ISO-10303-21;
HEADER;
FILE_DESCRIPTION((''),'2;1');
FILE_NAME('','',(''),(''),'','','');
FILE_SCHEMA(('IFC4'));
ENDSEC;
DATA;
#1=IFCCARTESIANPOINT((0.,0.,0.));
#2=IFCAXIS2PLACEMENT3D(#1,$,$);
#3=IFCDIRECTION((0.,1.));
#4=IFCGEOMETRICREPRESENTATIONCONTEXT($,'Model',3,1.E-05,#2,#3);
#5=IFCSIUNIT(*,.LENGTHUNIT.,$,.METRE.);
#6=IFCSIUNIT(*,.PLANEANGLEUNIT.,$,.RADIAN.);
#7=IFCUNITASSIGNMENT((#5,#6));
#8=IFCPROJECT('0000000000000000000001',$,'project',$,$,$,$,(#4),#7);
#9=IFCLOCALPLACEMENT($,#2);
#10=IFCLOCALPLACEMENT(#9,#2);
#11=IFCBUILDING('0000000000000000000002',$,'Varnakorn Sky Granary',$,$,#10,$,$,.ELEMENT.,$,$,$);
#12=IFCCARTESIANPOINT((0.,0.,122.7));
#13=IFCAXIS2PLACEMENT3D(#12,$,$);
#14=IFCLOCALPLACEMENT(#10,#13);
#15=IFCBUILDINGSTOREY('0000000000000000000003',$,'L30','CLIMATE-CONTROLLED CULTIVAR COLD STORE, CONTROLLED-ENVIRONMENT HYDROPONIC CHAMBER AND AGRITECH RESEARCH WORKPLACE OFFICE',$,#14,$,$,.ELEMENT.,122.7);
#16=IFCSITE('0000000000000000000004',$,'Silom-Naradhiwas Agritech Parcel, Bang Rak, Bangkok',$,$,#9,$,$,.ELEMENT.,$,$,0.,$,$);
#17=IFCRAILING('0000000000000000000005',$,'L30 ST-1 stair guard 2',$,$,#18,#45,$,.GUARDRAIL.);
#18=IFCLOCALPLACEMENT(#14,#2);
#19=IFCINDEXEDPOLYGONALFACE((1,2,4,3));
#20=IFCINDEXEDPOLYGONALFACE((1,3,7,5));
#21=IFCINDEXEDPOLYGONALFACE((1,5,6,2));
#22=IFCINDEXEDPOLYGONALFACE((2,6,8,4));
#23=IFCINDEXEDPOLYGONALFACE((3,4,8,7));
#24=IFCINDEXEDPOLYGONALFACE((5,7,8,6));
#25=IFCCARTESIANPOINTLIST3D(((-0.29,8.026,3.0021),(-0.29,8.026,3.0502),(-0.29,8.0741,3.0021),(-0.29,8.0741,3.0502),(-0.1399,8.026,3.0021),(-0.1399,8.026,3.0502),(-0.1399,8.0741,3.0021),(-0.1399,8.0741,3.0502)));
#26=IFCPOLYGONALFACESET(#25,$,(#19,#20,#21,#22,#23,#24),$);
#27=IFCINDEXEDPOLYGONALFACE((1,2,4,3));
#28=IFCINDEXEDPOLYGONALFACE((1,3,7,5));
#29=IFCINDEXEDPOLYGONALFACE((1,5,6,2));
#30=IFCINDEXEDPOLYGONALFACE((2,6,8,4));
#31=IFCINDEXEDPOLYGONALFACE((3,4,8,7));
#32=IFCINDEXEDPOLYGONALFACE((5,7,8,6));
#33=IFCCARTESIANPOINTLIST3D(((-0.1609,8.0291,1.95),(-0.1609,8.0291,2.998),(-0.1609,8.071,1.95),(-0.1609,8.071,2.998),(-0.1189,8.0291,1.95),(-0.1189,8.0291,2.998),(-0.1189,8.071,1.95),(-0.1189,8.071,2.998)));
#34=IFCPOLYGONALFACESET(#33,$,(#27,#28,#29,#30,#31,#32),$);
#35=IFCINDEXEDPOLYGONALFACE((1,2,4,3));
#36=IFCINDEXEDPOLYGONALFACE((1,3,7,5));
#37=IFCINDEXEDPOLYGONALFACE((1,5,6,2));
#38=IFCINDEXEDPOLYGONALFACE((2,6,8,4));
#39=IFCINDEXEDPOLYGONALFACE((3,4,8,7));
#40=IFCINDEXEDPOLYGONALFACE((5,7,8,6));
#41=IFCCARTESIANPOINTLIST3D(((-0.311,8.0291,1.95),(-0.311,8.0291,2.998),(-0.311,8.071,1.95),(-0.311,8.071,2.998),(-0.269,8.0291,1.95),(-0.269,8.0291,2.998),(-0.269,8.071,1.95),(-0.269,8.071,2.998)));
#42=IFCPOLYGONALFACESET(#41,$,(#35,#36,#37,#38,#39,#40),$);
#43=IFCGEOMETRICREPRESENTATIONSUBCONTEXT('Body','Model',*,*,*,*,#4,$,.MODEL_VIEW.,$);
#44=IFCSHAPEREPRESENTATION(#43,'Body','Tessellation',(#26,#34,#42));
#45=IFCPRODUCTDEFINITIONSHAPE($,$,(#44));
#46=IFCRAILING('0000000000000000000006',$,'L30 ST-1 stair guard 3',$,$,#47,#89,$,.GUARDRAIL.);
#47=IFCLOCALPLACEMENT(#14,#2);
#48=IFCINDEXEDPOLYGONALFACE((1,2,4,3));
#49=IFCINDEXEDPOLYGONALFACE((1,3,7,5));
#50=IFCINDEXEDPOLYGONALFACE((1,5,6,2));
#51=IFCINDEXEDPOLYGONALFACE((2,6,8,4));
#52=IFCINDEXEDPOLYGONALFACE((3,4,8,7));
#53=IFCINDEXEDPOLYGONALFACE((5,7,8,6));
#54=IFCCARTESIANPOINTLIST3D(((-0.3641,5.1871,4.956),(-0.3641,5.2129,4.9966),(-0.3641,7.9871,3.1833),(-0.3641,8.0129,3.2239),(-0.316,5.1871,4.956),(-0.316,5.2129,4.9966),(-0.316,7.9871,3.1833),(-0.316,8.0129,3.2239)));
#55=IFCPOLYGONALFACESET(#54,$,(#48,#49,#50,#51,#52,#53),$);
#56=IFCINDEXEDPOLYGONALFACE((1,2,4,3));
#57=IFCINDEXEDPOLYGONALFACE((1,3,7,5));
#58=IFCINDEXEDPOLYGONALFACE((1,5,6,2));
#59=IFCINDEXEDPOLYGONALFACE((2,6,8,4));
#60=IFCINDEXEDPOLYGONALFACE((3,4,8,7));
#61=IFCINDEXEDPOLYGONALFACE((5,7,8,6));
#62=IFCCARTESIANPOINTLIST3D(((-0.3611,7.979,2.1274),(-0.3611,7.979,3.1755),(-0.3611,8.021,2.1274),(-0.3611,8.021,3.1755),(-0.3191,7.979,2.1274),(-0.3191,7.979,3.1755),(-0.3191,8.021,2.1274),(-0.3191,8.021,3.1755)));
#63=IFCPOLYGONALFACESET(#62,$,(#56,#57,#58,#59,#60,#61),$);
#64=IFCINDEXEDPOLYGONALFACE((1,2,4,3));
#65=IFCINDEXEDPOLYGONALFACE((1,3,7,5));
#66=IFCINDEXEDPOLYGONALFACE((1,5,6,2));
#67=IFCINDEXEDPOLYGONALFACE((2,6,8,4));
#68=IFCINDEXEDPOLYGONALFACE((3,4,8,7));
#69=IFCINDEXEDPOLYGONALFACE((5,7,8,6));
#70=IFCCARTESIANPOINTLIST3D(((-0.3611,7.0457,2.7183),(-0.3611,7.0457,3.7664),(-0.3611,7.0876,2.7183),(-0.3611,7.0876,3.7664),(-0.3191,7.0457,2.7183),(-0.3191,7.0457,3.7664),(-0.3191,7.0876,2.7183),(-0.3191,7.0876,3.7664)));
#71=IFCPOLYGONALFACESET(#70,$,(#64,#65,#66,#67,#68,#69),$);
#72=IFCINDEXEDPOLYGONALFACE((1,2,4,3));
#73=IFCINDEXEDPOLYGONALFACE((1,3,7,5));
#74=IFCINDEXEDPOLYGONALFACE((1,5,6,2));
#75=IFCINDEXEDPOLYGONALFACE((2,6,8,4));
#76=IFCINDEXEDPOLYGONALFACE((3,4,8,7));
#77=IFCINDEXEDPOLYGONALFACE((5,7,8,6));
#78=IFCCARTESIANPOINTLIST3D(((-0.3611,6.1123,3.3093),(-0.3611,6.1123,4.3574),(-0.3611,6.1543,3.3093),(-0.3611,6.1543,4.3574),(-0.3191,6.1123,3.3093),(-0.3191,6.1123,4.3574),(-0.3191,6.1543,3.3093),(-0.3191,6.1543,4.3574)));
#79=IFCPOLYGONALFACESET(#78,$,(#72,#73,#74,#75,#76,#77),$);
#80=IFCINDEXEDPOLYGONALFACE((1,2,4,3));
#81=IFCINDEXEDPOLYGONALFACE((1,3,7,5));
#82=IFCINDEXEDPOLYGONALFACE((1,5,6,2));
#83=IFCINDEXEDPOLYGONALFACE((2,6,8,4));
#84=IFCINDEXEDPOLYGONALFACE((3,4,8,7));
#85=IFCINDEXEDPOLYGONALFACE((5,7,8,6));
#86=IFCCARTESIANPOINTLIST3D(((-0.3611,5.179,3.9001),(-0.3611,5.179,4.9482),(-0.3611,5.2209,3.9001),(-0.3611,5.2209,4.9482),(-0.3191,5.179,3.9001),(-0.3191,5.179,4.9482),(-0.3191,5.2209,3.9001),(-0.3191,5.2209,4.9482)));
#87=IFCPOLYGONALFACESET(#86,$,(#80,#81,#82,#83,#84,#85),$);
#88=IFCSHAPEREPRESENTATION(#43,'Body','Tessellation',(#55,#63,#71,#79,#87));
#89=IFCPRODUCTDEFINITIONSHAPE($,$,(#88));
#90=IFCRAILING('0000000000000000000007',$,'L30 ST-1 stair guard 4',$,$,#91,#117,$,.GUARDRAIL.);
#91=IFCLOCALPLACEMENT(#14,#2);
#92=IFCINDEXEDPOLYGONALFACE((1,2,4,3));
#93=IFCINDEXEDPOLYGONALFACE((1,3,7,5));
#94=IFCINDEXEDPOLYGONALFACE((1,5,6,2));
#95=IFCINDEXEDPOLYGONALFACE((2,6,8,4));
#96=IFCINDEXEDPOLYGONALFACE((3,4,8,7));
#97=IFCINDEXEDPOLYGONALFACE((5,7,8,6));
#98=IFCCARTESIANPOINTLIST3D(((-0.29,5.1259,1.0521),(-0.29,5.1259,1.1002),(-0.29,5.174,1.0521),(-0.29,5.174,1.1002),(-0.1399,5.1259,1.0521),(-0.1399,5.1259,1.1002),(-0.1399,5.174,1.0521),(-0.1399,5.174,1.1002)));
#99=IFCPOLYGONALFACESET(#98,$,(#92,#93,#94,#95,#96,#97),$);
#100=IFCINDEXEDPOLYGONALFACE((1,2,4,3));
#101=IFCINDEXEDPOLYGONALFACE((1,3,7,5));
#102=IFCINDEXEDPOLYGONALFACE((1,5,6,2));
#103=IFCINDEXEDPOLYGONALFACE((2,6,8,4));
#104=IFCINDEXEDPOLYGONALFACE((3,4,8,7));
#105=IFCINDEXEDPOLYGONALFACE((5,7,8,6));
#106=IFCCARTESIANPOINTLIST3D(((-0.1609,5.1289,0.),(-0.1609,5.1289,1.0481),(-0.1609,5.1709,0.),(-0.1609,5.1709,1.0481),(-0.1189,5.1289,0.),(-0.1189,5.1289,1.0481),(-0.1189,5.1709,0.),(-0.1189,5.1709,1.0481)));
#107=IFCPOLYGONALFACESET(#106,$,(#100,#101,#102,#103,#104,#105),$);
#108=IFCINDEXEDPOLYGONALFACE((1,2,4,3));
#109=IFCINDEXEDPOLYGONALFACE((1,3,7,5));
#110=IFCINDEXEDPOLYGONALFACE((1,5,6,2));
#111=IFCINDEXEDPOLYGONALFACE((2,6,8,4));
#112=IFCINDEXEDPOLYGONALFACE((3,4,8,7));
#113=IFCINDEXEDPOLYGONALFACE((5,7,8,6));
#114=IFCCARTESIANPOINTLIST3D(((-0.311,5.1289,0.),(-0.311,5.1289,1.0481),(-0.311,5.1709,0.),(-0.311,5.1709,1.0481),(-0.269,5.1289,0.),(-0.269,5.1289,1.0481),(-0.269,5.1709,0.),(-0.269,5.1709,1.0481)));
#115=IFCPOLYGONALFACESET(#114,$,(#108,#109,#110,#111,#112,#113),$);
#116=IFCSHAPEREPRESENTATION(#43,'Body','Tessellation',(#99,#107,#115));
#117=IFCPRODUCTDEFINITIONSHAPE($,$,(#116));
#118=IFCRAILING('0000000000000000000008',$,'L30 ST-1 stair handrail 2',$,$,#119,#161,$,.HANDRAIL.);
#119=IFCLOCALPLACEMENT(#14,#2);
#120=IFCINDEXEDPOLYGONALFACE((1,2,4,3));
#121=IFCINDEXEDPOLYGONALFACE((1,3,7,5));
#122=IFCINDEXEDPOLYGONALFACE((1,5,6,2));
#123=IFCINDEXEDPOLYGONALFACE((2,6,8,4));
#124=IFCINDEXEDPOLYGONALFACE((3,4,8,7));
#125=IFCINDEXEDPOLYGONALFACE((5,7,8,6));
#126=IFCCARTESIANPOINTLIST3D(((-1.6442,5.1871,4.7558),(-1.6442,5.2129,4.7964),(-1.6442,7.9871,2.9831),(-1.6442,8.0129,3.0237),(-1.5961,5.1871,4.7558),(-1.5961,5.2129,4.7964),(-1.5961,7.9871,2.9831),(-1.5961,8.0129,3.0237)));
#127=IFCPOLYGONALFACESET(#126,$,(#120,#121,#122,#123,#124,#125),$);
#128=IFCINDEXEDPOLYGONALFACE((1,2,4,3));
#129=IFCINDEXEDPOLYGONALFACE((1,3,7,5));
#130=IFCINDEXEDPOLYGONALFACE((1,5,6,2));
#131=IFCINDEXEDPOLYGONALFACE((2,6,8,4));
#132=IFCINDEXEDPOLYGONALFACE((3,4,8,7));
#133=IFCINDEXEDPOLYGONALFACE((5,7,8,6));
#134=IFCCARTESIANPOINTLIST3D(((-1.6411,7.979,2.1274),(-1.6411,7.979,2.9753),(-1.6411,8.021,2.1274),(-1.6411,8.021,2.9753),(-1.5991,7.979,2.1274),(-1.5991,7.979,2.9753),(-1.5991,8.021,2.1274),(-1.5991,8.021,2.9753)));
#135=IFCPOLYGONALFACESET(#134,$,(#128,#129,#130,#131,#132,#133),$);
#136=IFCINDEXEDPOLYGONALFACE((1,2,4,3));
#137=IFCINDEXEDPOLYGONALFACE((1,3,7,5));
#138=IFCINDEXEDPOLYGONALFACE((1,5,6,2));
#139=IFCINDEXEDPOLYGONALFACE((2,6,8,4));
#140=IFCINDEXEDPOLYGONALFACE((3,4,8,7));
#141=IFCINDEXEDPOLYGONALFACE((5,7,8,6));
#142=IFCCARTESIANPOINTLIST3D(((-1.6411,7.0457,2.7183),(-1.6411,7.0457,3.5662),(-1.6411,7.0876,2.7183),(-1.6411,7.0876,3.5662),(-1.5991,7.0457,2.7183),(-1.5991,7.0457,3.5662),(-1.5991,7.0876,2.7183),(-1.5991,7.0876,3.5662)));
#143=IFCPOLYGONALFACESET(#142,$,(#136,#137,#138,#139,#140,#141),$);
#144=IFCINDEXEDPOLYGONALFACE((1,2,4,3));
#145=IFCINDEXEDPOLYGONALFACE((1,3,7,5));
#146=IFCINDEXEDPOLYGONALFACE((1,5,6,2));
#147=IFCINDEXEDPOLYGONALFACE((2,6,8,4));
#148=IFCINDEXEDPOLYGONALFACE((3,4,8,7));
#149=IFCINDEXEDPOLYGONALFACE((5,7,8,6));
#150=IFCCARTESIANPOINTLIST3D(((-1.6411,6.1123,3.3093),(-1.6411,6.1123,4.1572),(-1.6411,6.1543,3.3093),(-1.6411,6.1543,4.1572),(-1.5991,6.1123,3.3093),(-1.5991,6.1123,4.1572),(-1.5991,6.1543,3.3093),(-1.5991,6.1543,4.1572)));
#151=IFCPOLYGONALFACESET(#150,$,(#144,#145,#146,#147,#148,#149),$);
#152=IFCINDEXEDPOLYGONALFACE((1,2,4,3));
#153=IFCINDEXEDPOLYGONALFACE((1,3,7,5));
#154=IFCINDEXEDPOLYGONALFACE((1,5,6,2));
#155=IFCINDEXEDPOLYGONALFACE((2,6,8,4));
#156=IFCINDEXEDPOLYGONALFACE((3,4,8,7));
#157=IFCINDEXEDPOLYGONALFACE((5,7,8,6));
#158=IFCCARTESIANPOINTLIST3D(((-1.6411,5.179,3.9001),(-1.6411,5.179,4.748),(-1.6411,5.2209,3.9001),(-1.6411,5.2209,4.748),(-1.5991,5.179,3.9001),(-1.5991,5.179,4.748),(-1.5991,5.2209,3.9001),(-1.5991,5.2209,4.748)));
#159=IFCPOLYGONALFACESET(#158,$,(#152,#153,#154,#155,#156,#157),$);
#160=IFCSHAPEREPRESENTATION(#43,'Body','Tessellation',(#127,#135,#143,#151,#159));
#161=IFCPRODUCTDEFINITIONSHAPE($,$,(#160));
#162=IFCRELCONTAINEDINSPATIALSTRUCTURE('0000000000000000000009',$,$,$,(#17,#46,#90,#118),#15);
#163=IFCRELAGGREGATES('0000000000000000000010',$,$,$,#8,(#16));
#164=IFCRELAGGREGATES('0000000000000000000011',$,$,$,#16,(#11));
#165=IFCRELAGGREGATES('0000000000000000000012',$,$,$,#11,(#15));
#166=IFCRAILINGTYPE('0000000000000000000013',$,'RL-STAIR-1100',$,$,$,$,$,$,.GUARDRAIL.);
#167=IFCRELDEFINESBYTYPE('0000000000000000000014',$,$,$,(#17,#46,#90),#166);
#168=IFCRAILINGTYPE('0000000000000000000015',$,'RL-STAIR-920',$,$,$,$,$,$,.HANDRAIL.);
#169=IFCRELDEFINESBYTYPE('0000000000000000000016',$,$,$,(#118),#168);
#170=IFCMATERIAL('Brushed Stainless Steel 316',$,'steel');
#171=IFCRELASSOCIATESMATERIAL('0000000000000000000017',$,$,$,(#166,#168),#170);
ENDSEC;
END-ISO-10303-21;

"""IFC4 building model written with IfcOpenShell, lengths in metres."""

from ifc_helpers import new_model, si_unit, direction, frame, origin, origin_2d, place, context, subcontext, project, spatial, rectangle, extrude, material, type_object, element, save


model = new_model("IFC4")

# Units and contexts
model_context = context("Model", 3, precision=1e-05, world=origin(), true_north=direction((0.0, 1.0)))
body_context = subcontext(model_context, "Body", "Model", "MODEL_VIEW")
ifc_project = project(units=[si_unit("LENGTHUNIT", "METRE"), si_unit("PLANEANGLEUNIT", "RADIAN")], contexts=[model_context])

# Site, building, storey
site_placement = place(None, origin())
site = spatial("IfcSite", under=ifc_project, at=site_placement, Name="Silom-Naradhiwas Agritech Parcel, Bang Rak, Bangkok", CompositionType="ELEMENT", RefElevation=0.0)
building_placement = place(site_placement, origin())
building = spatial("IfcBuilding", under=site, at=building_placement, Name="Varnakorn Sky Granary", CompositionType="ELEMENT")
storey_placement = place(building_placement, frame((0.0, 0.0, 122.7)))
storey = spatial("IfcBuildingStorey", under=building, at=storey_placement, Name="L30", Description="CLIMATE-CONTROLLED CULTIVAR COLD STORE, CONTROLLED-ENVIRONMENT HYDROPONIC CHAMBER AND AGRITECH RESEARCH WORKPLACE OFFICE", CompositionType="ELEMENT", Elevation=122.7)

# Railings
ifc_material_1 = material(Name="Brushed Stainless Steel 316", Category="steel")
railing_type_1 = type_object("IfcRailingType", Name="RL-STAIR-1100", PredefinedType="GUARDRAIL", material=ifc_material_1)
railing_1_placement = place(storey_placement, frame((-0.1399, 8.05, 1.95)))
element("IfcRailing", 1, at=railing_1_placement, inside=storey, type_object=railing_type_1, Name="L30 ST-1 stair guard 2", PredefinedType="GUARDRAIL", context=body_context, shape_type="SweptSolid", body=[
    extrude(rectangle(XDim=0.0481, YDim=0.0481, at=origin_2d()), frame((0.0, 0.0, 1.0762), z_axis=(-1.0, 0.0, 0.0), x_axis=(0.0, -1.0, 0.0)), (0.0, 0.0, 1.0), 0.1501),
    extrude(rectangle(XDim=0.042, YDim=0.042, at=origin_2d()), origin(), (0.0, 0.0, 1.0), 1.0481),
    extrude(rectangle(XDim=0.042, YDim=0.042, at=origin_2d()), frame((-0.1501, 0.0, 0.0)), (0.0, 0.0, 1.0), 1.0481),
])
railing_2_placement = place(storey_placement, frame((-0.3401, 8.0, 2.1274)))
element("IfcRailing", 2, at=railing_2_placement, inside=storey, type_object=railing_type_1, Name="L30 ST-1 stair guard 3", PredefinedType="GUARDRAIL", context=body_context, shape_type="SweptSolid", body=[
    extrude(rectangle(XDim=0.0481, YDim=0.0481, at=origin_2d()), frame((0.0, 0.0, 1.0762), z_axis=(0.0, -0.844909, 0.53491), x_axis=(1.0, 0.0, 0.0)), (0.0, 0.0, 1.0), 3.314),
    extrude(rectangle(XDim=0.042, YDim=0.042, at=origin_2d()), origin(), (0.0, 0.0, 1.0), 1.0481),
    extrude(rectangle(XDim=0.042, YDim=0.042, at=origin_2d()), frame((0.0, -0.9333, 0.5908)), (0.0, 0.0, 1.0), 1.0481),
    extrude(rectangle(XDim=0.042, YDim=0.042, at=origin_2d()), frame((0.0, -1.8667, 1.1819)), (0.0, 0.0, 1.0), 1.0481),
    extrude(rectangle(XDim=0.042, YDim=0.042, at=origin_2d()), frame((0.0, -2.8, 1.7727)), (0.0, 0.0, 1.0), 1.0481),
])
railing_3_placement = place(storey_placement, frame((-0.1399, 5.1499, 0.0)))
element("IfcRailing", 3, at=railing_3_placement, inside=storey, type_object=railing_type_1, Name="L30 ST-1 stair guard 4", PredefinedType="GUARDRAIL", context=body_context, shape_type="SweptSolid", body=[
    extrude(rectangle(XDim=0.0481, YDim=0.0481, at=origin_2d()), frame((0.0, 0.0, 1.0762), z_axis=(-1.0, 0.0, 0.0), x_axis=(0.0, -1.0, 0.0)), (0.0, 0.0, 1.0), 0.1501),
    extrude(rectangle(XDim=0.042, YDim=0.042, at=origin_2d()), origin(), (0.0, 0.0, 1.0), 1.0481),
    extrude(rectangle(XDim=0.042, YDim=0.042, at=origin_2d()), frame((-0.1501, 0.0, 0.0)), (0.0, 0.0, 1.0), 1.0481),
])
railing_type_2 = type_object("IfcRailingType", Name="RL-STAIR-920", PredefinedType="HANDRAIL", material=ifc_material_1)
railing_4_placement = place(storey_placement, frame((-1.6201, 8.0, 2.1274)))
element("IfcRailing", 4, at=railing_4_placement, inside=storey, type_object=railing_type_2, Name="L30 ST-1 stair handrail 2", PredefinedType="HANDRAIL", context=body_context, shape_type="SweptSolid", body=[
    extrude(rectangle(XDim=0.0481, YDim=0.0481, at=origin_2d()), frame((0.0, 0.0, 0.876), z_axis=(0.0, -0.844909, 0.53491), x_axis=(1.0, 0.0, 0.0)), (0.0, 0.0, 1.0), 3.314),
    extrude(rectangle(XDim=0.042, YDim=0.042, at=origin_2d()), origin(), (0.0, 0.0, 1.0), 0.8479),
    extrude(rectangle(XDim=0.042, YDim=0.042, at=origin_2d()), frame((0.0, -0.9333, 0.5908)), (0.0, 0.0, 1.0), 0.8479),
    extrude(rectangle(XDim=0.042, YDim=0.042, at=origin_2d()), frame((0.0, -1.8667, 1.1819)), (0.0, 0.0, 1.0), 0.8479),
    extrude(rectangle(XDim=0.042, YDim=0.042, at=origin_2d()), frame((0.0, -2.8, 1.7727)), (0.0, 0.0, 1.0), 0.8479),
])

save(model, "model.ifc")
